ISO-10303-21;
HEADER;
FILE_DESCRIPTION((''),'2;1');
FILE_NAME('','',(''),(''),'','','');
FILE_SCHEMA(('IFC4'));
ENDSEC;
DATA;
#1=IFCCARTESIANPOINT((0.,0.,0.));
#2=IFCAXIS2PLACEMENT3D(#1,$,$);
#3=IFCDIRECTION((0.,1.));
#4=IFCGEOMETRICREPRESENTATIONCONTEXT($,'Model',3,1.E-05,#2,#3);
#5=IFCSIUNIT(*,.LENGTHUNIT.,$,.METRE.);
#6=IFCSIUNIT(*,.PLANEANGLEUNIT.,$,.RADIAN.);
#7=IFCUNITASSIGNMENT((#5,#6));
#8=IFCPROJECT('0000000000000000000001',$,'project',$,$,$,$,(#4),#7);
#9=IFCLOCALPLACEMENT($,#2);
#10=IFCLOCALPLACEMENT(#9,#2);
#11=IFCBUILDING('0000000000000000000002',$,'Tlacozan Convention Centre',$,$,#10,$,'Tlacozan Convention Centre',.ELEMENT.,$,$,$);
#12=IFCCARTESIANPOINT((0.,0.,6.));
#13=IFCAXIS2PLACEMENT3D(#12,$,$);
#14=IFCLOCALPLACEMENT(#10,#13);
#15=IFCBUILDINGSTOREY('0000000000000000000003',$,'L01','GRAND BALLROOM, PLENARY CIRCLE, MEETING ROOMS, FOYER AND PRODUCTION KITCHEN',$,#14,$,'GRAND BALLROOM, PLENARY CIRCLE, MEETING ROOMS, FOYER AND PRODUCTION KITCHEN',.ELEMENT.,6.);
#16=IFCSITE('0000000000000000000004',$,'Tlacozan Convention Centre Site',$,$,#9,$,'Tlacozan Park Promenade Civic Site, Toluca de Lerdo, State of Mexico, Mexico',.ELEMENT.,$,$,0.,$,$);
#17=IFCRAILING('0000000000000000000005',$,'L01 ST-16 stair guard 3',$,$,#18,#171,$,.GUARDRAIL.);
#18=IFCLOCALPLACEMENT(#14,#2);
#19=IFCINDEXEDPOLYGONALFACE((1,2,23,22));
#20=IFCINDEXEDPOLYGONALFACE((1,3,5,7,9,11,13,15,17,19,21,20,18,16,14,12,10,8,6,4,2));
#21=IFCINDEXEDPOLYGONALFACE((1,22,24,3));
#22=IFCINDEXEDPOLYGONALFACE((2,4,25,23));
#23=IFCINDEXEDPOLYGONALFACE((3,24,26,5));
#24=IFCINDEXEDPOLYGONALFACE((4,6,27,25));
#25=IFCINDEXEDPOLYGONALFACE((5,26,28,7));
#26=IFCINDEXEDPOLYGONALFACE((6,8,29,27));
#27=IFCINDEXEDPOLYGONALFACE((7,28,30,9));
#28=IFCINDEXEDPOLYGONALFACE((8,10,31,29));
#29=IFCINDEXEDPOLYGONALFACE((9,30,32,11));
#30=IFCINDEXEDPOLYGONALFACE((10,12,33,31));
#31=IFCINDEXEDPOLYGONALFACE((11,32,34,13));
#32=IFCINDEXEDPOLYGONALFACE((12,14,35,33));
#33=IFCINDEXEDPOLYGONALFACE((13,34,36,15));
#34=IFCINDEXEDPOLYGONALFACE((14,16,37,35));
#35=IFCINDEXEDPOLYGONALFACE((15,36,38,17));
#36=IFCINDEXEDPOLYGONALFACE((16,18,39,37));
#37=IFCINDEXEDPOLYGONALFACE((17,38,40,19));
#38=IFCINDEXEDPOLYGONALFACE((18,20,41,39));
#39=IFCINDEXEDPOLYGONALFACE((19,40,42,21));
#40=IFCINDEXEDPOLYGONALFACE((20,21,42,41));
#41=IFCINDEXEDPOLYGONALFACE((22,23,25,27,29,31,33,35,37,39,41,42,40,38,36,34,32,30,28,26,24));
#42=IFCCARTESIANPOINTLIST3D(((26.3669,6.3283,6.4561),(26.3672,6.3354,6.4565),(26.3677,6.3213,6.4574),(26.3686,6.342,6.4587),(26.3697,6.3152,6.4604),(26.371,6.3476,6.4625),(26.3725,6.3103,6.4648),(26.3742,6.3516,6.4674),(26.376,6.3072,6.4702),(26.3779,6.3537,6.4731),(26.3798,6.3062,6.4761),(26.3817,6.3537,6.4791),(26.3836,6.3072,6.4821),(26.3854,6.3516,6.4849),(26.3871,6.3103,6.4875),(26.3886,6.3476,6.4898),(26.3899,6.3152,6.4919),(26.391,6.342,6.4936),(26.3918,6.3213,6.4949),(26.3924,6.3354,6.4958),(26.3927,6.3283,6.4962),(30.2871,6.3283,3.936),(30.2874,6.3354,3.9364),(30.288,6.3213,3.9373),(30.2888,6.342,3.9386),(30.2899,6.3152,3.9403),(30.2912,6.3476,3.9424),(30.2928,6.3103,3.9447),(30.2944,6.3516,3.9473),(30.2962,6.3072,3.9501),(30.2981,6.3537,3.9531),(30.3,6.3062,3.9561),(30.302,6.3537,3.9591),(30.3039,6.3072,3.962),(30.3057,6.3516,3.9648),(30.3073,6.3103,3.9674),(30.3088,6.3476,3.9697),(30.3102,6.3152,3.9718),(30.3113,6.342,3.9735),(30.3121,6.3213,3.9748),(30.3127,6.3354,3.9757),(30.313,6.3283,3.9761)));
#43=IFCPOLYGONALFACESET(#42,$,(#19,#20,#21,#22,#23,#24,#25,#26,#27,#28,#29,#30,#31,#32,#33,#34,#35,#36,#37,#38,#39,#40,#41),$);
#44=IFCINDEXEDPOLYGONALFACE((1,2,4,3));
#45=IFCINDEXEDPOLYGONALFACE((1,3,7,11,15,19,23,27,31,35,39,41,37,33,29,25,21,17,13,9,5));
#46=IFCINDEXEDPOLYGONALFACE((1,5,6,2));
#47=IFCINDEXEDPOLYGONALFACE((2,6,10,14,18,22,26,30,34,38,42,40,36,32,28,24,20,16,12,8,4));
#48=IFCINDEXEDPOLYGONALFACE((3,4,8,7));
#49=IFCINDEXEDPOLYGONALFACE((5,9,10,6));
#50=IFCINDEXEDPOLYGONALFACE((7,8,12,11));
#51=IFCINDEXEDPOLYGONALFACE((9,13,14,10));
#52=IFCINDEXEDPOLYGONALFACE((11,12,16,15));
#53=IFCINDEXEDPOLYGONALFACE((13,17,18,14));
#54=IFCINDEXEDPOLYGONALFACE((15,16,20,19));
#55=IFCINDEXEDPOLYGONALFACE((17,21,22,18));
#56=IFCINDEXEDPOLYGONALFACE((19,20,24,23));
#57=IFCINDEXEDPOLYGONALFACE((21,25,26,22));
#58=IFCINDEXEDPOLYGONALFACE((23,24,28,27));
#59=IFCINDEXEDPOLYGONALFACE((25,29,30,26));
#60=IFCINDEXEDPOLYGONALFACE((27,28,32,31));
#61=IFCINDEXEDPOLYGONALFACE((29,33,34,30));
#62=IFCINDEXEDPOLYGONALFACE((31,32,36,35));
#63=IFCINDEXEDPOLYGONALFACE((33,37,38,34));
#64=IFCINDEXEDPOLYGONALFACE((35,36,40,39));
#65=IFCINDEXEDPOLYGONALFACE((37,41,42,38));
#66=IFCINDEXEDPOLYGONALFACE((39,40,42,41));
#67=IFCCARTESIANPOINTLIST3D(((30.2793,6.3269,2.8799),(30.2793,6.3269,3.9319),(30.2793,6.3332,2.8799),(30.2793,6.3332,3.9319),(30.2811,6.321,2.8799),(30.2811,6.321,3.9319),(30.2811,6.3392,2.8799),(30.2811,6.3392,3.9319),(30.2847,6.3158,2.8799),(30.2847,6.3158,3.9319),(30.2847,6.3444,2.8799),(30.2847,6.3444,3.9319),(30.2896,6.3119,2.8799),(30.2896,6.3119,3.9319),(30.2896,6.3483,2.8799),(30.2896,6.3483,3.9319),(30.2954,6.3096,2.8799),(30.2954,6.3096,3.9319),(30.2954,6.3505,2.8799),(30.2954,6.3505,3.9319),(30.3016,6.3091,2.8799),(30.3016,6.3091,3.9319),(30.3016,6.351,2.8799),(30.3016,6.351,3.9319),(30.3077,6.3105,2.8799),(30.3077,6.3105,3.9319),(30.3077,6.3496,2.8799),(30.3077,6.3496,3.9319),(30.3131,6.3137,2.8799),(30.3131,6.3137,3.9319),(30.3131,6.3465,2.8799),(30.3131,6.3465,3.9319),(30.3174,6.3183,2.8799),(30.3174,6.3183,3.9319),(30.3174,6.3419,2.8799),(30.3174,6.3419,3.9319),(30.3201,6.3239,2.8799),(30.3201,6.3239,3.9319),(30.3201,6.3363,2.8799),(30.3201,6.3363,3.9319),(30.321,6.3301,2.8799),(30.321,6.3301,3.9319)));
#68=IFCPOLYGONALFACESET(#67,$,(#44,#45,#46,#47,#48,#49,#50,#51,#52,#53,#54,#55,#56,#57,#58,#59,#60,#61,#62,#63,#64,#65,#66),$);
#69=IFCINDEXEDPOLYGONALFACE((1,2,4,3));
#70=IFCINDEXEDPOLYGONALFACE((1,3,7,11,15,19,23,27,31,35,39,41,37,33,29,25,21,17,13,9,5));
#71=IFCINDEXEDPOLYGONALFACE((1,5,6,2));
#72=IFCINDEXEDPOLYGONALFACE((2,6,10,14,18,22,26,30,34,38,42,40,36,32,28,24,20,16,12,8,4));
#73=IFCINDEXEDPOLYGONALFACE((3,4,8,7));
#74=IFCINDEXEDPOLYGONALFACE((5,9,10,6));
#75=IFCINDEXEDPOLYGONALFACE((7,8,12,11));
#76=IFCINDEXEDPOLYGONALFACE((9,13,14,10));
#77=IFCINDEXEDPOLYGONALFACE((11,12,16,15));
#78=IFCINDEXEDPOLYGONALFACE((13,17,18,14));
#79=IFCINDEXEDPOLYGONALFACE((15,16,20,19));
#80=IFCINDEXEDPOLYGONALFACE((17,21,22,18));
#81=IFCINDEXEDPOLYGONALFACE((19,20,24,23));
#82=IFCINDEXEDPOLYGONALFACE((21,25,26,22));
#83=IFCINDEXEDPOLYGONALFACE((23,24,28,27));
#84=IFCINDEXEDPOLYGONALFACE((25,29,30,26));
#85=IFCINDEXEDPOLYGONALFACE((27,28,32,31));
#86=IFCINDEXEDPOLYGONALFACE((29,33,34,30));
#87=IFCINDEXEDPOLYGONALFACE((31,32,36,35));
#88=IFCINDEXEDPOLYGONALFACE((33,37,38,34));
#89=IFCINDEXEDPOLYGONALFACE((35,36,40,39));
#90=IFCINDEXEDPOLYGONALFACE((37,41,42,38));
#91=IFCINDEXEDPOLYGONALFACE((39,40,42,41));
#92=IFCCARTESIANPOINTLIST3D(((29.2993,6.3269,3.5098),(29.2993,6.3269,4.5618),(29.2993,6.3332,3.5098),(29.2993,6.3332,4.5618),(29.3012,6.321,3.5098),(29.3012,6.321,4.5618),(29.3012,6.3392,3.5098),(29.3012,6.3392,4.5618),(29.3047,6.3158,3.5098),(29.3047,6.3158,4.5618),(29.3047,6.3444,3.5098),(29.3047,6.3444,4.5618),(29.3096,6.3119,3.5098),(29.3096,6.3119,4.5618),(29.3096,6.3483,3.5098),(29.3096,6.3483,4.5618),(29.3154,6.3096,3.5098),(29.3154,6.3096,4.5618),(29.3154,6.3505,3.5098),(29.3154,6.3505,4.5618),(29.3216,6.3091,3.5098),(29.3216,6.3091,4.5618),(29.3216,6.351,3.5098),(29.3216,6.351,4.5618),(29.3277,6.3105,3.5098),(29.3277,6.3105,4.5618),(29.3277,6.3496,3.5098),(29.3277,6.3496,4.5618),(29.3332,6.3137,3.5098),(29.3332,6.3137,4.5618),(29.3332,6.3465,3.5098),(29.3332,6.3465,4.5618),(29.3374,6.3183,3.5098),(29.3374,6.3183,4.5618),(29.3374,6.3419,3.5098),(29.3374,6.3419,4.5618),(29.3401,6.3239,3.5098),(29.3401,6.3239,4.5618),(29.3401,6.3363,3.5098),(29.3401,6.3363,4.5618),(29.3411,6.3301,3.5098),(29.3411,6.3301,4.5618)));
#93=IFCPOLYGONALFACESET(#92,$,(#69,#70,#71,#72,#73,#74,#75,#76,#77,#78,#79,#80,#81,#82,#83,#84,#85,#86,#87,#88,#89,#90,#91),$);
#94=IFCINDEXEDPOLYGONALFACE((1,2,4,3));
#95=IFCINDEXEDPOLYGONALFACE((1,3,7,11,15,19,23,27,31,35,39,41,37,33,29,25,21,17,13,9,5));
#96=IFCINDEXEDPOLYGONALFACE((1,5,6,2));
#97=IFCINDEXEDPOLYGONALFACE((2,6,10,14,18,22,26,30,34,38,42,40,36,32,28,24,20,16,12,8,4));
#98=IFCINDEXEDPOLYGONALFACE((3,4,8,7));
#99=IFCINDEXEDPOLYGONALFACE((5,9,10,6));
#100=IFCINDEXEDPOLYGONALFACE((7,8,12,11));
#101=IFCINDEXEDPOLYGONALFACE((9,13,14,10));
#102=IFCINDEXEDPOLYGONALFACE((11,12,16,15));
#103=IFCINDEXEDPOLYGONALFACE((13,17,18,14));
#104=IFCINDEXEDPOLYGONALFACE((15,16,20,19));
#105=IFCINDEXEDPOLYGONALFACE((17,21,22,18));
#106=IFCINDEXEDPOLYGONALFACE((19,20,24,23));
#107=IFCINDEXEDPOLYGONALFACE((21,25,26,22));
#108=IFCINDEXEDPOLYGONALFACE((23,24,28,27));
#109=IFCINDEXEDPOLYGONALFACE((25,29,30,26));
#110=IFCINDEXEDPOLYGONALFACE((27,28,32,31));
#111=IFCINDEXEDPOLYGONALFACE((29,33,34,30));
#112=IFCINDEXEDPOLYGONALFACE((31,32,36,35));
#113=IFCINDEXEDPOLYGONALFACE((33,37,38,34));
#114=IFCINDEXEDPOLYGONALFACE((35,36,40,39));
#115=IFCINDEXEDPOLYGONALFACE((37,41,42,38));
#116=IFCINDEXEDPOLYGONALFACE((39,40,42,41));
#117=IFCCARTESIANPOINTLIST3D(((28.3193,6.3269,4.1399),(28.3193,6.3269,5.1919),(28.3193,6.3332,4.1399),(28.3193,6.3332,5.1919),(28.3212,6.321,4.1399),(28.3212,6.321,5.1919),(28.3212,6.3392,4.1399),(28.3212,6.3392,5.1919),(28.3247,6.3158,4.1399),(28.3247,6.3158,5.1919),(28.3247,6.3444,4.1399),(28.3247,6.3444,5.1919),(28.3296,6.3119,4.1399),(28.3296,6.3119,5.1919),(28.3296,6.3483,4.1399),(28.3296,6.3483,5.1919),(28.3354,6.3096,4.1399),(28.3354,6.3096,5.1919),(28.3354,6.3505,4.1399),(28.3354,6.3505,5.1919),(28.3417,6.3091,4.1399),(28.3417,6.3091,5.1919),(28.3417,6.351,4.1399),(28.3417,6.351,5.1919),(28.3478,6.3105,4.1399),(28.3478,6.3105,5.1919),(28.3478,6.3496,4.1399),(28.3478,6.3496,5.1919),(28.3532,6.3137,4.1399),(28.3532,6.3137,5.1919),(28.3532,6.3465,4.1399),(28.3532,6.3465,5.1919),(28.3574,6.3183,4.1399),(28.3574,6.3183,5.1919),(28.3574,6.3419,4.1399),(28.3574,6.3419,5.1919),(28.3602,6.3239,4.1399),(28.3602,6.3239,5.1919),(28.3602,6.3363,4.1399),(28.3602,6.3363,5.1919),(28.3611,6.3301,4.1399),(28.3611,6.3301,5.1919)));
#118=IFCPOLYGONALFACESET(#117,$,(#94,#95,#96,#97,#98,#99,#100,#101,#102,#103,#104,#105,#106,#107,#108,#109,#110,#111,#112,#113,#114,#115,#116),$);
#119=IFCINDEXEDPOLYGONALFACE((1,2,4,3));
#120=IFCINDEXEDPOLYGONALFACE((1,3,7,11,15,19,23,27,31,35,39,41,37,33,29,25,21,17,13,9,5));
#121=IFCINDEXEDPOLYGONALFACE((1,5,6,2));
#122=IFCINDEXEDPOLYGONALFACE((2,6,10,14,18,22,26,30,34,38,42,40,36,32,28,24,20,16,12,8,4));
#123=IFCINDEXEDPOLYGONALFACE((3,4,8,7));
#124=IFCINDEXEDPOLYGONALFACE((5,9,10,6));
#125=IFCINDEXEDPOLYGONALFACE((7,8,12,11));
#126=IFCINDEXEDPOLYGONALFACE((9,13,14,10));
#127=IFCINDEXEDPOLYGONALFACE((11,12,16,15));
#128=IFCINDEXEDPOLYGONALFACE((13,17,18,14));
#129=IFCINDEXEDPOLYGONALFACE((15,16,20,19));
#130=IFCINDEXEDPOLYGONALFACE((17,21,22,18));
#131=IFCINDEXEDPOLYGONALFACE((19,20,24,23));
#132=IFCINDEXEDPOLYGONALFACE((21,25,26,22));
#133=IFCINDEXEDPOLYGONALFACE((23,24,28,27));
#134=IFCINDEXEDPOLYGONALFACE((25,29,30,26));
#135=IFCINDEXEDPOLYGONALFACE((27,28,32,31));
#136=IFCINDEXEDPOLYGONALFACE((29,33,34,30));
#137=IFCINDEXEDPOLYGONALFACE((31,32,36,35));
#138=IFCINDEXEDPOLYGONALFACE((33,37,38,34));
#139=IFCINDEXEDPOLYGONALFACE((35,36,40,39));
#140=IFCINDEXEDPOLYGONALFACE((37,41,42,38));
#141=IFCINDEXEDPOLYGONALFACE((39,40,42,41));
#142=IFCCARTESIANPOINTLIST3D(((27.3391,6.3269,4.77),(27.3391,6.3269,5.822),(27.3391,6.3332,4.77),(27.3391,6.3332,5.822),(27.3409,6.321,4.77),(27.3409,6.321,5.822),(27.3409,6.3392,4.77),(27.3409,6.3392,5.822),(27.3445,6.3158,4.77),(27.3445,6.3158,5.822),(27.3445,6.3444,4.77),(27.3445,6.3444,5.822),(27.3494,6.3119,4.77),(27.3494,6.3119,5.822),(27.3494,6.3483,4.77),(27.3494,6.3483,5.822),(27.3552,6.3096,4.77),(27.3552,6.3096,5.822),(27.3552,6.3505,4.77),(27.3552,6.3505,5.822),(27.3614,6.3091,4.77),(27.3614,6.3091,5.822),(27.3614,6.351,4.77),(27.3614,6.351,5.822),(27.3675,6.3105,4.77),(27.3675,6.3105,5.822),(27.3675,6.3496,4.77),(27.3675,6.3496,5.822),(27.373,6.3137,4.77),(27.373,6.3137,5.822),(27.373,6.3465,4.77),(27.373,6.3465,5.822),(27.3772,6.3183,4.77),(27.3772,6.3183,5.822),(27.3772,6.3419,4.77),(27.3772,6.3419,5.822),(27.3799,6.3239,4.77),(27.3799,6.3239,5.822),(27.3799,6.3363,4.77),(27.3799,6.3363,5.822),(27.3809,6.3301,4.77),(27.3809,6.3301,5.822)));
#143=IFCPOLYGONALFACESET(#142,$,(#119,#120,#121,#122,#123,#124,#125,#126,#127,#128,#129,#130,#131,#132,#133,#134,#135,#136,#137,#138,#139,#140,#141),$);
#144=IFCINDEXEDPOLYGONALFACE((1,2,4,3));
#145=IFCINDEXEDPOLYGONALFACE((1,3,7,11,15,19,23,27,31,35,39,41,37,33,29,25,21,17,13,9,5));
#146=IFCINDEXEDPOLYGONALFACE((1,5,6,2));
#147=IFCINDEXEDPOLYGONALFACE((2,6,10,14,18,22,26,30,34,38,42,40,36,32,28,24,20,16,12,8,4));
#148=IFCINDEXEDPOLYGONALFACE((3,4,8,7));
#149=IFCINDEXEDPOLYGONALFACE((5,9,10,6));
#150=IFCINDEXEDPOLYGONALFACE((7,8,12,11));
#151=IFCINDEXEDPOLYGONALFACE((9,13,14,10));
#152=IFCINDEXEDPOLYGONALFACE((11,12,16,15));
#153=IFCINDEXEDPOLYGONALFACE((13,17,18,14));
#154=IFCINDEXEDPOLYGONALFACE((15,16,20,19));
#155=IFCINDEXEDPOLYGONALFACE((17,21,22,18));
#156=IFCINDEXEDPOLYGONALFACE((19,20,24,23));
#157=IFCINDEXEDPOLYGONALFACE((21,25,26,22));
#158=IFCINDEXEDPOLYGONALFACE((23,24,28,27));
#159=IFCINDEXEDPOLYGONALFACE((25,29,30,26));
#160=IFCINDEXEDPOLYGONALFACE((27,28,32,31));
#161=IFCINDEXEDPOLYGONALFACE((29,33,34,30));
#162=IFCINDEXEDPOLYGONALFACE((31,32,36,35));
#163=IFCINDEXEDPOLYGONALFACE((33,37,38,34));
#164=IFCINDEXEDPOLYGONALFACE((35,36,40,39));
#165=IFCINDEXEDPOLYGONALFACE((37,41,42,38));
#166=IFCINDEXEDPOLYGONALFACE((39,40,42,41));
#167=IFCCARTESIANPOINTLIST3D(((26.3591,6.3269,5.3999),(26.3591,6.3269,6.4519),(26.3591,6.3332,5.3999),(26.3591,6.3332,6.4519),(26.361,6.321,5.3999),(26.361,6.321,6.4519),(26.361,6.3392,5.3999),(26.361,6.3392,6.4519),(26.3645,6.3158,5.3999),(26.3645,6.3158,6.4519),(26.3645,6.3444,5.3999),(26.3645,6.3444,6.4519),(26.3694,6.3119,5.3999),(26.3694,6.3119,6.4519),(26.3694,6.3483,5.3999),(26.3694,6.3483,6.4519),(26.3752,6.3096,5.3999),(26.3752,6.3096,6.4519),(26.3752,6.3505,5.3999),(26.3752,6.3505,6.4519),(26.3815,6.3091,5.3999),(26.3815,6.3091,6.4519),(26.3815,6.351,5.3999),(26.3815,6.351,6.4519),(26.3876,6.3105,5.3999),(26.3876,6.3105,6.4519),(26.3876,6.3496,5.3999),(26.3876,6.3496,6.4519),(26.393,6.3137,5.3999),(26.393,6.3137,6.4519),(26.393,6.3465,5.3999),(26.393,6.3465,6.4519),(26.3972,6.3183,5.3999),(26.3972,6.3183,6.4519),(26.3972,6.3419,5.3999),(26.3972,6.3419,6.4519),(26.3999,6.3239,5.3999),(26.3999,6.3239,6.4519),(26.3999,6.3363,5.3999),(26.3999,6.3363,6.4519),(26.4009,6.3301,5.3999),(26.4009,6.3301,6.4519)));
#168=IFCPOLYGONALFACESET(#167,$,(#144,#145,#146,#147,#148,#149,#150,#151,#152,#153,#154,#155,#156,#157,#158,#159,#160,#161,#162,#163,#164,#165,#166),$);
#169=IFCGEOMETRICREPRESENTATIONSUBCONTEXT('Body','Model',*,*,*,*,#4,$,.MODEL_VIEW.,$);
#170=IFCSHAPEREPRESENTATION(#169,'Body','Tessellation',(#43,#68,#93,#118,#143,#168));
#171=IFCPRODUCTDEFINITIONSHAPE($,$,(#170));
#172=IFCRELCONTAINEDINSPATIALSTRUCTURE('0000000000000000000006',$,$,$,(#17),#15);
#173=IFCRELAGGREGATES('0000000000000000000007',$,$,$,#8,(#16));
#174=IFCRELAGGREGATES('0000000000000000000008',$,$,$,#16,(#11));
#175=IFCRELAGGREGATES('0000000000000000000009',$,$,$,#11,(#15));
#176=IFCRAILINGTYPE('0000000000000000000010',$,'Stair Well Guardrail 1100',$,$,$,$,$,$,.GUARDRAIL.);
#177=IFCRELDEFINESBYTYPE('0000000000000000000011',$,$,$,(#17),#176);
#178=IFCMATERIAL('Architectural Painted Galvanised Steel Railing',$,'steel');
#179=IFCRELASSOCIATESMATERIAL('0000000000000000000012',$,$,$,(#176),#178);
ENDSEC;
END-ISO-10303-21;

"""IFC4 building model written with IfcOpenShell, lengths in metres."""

from ifc_helpers import new_model, si_unit, direction, frame, origin, origin_2d, place, context, subcontext, project, spatial, circle, extrude, material, type_object, element, save


model = new_model("IFC4")

# Units and contexts
model_context = context("Model", 3, precision=1e-05, world=origin(), true_north=direction((0.0, 1.0)))
body_context = subcontext(model_context, "Body", "Model", "MODEL_VIEW")
ifc_project = project(units=[si_unit("LENGTHUNIT", "METRE"), si_unit("PLANEANGLEUNIT", "RADIAN")], contexts=[model_context])

# Site, building, storey
site_placement = place(None, origin())
site = spatial("IfcSite", under=ifc_project, at=site_placement, Name="Tlacozan Convention Centre Site", LongName="Tlacozan Park Promenade Civic Site, Toluca de Lerdo, State of Mexico, Mexico", CompositionType="ELEMENT", RefElevation=0.0)
building_placement = place(site_placement, origin())
building = spatial("IfcBuilding", under=site, at=building_placement, Name="Tlacozan Convention Centre", LongName="Tlacozan Convention Centre", CompositionType="ELEMENT")
storey_placement = place(building_placement, frame((0.0, 0.0, 6.0)))
storey = spatial("IfcBuildingStorey", under=building, at=storey_placement, Name="L01", Description="GRAND BALLROOM, PLENARY CIRCLE, MEETING ROOMS, FOYER AND PRODUCTION KITCHEN", LongName="GRAND BALLROOM, PLENARY CIRCLE, MEETING ROOMS, FOYER AND PRODUCTION KITCHEN", CompositionType="ELEMENT", Elevation=6.0)

# Railing
ifc_material_1 = material(Name="Architectural Painted Galvanised Steel Railing", Category="steel")
railing_type_1 = type_object("IfcRailingType", Name="Stair Well Guardrail 1100", PredefinedType="GUARDRAIL", material=ifc_material_1)
railing_1_placement = place(storey_placement, frame((30.3, 6.3301, 2.8799)))
element("IfcRailing", 1, at=railing_1_placement, inside=storey, type_object=railing_type_1, Name="L01 ST-16 stair guard 3", PredefinedType="GUARDRAIL", context=body_context, shape_type="SweptSolid", body=[
    extrude(circle(Radius=0.0239, at=origin_2d()), frame((0.0, 0.0, 1.0762), z_axis=(-0.841187, 0.0, 0.540744), x_axis=(0.0, -1.0, 0.0)), (0.0, 0.0, 1.0), 4.6604),
    extrude(circle(Radius=0.021, at=origin_2d()), origin(), (0.0, 0.0, 1.0), 1.052),
    extrude(circle(Radius=0.021, at=origin_2d()), frame((-0.98, 0.0, 0.6299)), (0.0, 0.0, 1.0), 1.052),
    extrude(circle(Radius=0.021, at=origin_2d()), frame((-1.96, 0.0, 1.26)), (0.0, 0.0, 1.0), 1.052),
    extrude(circle(Radius=0.021, at=origin_2d()), frame((-2.9402, 0.0, 1.8901)), (0.0, 0.0, 1.0), 1.052),
    extrude(circle(Radius=0.021, at=origin_2d()), frame((-3.9202, 0.0, 2.52)), (0.0, 0.0, 1.0), 1.052),
])

save(model, "model.ifc")
